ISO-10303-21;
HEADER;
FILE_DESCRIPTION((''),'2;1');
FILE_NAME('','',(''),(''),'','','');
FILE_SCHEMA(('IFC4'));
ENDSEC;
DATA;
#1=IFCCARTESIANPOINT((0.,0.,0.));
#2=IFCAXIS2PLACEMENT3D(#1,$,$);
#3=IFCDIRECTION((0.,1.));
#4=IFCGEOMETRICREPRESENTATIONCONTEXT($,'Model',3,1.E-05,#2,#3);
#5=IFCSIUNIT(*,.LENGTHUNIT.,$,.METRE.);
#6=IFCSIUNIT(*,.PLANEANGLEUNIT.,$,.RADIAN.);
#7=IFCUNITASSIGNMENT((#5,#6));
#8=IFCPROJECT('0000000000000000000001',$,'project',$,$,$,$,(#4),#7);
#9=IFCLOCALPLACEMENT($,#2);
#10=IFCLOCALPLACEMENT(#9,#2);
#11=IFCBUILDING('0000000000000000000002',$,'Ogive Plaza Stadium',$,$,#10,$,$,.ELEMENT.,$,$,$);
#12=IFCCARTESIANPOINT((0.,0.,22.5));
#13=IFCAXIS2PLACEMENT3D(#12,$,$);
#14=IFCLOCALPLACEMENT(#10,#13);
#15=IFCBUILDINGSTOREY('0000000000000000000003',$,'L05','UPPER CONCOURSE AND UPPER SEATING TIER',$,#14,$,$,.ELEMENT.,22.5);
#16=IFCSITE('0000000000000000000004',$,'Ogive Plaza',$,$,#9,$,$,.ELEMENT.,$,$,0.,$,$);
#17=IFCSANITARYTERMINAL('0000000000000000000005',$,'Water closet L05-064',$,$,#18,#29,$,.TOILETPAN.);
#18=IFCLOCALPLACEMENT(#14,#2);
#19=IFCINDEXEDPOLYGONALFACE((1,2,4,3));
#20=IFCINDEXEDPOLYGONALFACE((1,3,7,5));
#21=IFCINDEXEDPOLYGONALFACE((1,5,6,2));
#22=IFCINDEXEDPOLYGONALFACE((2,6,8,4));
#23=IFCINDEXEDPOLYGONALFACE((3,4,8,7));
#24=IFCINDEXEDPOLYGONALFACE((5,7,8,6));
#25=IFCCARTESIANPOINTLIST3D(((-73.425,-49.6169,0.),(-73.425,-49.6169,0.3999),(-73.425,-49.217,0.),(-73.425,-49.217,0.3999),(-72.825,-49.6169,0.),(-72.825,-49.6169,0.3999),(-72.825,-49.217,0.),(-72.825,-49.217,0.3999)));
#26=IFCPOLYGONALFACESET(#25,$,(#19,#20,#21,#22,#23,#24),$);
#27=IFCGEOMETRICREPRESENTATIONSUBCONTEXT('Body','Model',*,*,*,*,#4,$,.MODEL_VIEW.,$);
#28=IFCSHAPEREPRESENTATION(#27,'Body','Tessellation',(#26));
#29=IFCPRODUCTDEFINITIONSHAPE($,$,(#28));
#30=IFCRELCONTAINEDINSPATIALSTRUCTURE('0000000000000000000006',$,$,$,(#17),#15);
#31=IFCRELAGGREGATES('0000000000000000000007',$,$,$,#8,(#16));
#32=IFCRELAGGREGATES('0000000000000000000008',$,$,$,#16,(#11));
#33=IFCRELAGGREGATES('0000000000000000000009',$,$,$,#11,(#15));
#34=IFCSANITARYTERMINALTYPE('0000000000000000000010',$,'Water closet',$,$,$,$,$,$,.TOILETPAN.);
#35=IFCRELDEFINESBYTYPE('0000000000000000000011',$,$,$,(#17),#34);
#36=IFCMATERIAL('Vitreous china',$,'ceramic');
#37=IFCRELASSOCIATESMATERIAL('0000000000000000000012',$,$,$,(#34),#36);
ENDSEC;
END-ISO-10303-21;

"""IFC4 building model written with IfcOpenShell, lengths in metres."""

from ifc_helpers import new_model, si_unit, direction, frame, origin, origin_2d, place, context, subcontext, project, spatial, rectangle, extrude, material, type_object, element, save


model = new_model("IFC4")

# Units and contexts
model_context = context("Model", 3, precision=1e-05, world=origin(), true_north=direction((0.0, 1.0)))
body_context = subcontext(model_context, "Body", "Model", "MODEL_VIEW")
ifc_project = project(units=[si_unit("LENGTHUNIT", "METRE"), si_unit("PLANEANGLEUNIT", "RADIAN")], contexts=[model_context])

# Site, building, storey
site_placement = place(None, origin())
site = spatial("IfcSite", under=ifc_project, at=site_placement, Name="Ogive Plaza", CompositionType="ELEMENT", RefElevation=0.0)
building_placement = place(site_placement, origin())
building = spatial("IfcBuilding", under=site, at=building_placement, Name="Ogive Plaza Stadium", CompositionType="ELEMENT")
storey_placement = place(building_placement, frame((0.0, 0.0, 22.5)))
storey = spatial("IfcBuildingStorey", under=building, at=storey_placement, Name="L05", Description="UPPER CONCOURSE AND UPPER SEATING TIER", CompositionType="ELEMENT", Elevation=22.5)

# Sanitary terminal
ifc_material_1 = material(Name="Vitreous china", Category="ceramic")
sanitary_terminal_type_1 = type_object("IfcSanitaryTerminalType", Name="Water closet", PredefinedType="TOILETPAN", material=ifc_material_1)
sanitary_terminal_placement = place(storey_placement, frame((-73.125, -49.417, 0.0), z_axis=(0.0, 0.0, 1.0), x_axis=(0.0, -1.0, 0.0)))
element("IfcSanitaryTerminal", 1, at=sanitary_terminal_placement, inside=storey, type_object=sanitary_terminal_type_1, Name="Water closet L05-064", PredefinedType="TOILETPAN", context=body_context, shape_type="SweptSolid", body=[
    extrude(rectangle(XDim=0.3999, YDim=0.6001, at=origin_2d()), origin(), (0.0, 0.0, 1.0), 0.3999),
])

save(model, "model.ifc")
